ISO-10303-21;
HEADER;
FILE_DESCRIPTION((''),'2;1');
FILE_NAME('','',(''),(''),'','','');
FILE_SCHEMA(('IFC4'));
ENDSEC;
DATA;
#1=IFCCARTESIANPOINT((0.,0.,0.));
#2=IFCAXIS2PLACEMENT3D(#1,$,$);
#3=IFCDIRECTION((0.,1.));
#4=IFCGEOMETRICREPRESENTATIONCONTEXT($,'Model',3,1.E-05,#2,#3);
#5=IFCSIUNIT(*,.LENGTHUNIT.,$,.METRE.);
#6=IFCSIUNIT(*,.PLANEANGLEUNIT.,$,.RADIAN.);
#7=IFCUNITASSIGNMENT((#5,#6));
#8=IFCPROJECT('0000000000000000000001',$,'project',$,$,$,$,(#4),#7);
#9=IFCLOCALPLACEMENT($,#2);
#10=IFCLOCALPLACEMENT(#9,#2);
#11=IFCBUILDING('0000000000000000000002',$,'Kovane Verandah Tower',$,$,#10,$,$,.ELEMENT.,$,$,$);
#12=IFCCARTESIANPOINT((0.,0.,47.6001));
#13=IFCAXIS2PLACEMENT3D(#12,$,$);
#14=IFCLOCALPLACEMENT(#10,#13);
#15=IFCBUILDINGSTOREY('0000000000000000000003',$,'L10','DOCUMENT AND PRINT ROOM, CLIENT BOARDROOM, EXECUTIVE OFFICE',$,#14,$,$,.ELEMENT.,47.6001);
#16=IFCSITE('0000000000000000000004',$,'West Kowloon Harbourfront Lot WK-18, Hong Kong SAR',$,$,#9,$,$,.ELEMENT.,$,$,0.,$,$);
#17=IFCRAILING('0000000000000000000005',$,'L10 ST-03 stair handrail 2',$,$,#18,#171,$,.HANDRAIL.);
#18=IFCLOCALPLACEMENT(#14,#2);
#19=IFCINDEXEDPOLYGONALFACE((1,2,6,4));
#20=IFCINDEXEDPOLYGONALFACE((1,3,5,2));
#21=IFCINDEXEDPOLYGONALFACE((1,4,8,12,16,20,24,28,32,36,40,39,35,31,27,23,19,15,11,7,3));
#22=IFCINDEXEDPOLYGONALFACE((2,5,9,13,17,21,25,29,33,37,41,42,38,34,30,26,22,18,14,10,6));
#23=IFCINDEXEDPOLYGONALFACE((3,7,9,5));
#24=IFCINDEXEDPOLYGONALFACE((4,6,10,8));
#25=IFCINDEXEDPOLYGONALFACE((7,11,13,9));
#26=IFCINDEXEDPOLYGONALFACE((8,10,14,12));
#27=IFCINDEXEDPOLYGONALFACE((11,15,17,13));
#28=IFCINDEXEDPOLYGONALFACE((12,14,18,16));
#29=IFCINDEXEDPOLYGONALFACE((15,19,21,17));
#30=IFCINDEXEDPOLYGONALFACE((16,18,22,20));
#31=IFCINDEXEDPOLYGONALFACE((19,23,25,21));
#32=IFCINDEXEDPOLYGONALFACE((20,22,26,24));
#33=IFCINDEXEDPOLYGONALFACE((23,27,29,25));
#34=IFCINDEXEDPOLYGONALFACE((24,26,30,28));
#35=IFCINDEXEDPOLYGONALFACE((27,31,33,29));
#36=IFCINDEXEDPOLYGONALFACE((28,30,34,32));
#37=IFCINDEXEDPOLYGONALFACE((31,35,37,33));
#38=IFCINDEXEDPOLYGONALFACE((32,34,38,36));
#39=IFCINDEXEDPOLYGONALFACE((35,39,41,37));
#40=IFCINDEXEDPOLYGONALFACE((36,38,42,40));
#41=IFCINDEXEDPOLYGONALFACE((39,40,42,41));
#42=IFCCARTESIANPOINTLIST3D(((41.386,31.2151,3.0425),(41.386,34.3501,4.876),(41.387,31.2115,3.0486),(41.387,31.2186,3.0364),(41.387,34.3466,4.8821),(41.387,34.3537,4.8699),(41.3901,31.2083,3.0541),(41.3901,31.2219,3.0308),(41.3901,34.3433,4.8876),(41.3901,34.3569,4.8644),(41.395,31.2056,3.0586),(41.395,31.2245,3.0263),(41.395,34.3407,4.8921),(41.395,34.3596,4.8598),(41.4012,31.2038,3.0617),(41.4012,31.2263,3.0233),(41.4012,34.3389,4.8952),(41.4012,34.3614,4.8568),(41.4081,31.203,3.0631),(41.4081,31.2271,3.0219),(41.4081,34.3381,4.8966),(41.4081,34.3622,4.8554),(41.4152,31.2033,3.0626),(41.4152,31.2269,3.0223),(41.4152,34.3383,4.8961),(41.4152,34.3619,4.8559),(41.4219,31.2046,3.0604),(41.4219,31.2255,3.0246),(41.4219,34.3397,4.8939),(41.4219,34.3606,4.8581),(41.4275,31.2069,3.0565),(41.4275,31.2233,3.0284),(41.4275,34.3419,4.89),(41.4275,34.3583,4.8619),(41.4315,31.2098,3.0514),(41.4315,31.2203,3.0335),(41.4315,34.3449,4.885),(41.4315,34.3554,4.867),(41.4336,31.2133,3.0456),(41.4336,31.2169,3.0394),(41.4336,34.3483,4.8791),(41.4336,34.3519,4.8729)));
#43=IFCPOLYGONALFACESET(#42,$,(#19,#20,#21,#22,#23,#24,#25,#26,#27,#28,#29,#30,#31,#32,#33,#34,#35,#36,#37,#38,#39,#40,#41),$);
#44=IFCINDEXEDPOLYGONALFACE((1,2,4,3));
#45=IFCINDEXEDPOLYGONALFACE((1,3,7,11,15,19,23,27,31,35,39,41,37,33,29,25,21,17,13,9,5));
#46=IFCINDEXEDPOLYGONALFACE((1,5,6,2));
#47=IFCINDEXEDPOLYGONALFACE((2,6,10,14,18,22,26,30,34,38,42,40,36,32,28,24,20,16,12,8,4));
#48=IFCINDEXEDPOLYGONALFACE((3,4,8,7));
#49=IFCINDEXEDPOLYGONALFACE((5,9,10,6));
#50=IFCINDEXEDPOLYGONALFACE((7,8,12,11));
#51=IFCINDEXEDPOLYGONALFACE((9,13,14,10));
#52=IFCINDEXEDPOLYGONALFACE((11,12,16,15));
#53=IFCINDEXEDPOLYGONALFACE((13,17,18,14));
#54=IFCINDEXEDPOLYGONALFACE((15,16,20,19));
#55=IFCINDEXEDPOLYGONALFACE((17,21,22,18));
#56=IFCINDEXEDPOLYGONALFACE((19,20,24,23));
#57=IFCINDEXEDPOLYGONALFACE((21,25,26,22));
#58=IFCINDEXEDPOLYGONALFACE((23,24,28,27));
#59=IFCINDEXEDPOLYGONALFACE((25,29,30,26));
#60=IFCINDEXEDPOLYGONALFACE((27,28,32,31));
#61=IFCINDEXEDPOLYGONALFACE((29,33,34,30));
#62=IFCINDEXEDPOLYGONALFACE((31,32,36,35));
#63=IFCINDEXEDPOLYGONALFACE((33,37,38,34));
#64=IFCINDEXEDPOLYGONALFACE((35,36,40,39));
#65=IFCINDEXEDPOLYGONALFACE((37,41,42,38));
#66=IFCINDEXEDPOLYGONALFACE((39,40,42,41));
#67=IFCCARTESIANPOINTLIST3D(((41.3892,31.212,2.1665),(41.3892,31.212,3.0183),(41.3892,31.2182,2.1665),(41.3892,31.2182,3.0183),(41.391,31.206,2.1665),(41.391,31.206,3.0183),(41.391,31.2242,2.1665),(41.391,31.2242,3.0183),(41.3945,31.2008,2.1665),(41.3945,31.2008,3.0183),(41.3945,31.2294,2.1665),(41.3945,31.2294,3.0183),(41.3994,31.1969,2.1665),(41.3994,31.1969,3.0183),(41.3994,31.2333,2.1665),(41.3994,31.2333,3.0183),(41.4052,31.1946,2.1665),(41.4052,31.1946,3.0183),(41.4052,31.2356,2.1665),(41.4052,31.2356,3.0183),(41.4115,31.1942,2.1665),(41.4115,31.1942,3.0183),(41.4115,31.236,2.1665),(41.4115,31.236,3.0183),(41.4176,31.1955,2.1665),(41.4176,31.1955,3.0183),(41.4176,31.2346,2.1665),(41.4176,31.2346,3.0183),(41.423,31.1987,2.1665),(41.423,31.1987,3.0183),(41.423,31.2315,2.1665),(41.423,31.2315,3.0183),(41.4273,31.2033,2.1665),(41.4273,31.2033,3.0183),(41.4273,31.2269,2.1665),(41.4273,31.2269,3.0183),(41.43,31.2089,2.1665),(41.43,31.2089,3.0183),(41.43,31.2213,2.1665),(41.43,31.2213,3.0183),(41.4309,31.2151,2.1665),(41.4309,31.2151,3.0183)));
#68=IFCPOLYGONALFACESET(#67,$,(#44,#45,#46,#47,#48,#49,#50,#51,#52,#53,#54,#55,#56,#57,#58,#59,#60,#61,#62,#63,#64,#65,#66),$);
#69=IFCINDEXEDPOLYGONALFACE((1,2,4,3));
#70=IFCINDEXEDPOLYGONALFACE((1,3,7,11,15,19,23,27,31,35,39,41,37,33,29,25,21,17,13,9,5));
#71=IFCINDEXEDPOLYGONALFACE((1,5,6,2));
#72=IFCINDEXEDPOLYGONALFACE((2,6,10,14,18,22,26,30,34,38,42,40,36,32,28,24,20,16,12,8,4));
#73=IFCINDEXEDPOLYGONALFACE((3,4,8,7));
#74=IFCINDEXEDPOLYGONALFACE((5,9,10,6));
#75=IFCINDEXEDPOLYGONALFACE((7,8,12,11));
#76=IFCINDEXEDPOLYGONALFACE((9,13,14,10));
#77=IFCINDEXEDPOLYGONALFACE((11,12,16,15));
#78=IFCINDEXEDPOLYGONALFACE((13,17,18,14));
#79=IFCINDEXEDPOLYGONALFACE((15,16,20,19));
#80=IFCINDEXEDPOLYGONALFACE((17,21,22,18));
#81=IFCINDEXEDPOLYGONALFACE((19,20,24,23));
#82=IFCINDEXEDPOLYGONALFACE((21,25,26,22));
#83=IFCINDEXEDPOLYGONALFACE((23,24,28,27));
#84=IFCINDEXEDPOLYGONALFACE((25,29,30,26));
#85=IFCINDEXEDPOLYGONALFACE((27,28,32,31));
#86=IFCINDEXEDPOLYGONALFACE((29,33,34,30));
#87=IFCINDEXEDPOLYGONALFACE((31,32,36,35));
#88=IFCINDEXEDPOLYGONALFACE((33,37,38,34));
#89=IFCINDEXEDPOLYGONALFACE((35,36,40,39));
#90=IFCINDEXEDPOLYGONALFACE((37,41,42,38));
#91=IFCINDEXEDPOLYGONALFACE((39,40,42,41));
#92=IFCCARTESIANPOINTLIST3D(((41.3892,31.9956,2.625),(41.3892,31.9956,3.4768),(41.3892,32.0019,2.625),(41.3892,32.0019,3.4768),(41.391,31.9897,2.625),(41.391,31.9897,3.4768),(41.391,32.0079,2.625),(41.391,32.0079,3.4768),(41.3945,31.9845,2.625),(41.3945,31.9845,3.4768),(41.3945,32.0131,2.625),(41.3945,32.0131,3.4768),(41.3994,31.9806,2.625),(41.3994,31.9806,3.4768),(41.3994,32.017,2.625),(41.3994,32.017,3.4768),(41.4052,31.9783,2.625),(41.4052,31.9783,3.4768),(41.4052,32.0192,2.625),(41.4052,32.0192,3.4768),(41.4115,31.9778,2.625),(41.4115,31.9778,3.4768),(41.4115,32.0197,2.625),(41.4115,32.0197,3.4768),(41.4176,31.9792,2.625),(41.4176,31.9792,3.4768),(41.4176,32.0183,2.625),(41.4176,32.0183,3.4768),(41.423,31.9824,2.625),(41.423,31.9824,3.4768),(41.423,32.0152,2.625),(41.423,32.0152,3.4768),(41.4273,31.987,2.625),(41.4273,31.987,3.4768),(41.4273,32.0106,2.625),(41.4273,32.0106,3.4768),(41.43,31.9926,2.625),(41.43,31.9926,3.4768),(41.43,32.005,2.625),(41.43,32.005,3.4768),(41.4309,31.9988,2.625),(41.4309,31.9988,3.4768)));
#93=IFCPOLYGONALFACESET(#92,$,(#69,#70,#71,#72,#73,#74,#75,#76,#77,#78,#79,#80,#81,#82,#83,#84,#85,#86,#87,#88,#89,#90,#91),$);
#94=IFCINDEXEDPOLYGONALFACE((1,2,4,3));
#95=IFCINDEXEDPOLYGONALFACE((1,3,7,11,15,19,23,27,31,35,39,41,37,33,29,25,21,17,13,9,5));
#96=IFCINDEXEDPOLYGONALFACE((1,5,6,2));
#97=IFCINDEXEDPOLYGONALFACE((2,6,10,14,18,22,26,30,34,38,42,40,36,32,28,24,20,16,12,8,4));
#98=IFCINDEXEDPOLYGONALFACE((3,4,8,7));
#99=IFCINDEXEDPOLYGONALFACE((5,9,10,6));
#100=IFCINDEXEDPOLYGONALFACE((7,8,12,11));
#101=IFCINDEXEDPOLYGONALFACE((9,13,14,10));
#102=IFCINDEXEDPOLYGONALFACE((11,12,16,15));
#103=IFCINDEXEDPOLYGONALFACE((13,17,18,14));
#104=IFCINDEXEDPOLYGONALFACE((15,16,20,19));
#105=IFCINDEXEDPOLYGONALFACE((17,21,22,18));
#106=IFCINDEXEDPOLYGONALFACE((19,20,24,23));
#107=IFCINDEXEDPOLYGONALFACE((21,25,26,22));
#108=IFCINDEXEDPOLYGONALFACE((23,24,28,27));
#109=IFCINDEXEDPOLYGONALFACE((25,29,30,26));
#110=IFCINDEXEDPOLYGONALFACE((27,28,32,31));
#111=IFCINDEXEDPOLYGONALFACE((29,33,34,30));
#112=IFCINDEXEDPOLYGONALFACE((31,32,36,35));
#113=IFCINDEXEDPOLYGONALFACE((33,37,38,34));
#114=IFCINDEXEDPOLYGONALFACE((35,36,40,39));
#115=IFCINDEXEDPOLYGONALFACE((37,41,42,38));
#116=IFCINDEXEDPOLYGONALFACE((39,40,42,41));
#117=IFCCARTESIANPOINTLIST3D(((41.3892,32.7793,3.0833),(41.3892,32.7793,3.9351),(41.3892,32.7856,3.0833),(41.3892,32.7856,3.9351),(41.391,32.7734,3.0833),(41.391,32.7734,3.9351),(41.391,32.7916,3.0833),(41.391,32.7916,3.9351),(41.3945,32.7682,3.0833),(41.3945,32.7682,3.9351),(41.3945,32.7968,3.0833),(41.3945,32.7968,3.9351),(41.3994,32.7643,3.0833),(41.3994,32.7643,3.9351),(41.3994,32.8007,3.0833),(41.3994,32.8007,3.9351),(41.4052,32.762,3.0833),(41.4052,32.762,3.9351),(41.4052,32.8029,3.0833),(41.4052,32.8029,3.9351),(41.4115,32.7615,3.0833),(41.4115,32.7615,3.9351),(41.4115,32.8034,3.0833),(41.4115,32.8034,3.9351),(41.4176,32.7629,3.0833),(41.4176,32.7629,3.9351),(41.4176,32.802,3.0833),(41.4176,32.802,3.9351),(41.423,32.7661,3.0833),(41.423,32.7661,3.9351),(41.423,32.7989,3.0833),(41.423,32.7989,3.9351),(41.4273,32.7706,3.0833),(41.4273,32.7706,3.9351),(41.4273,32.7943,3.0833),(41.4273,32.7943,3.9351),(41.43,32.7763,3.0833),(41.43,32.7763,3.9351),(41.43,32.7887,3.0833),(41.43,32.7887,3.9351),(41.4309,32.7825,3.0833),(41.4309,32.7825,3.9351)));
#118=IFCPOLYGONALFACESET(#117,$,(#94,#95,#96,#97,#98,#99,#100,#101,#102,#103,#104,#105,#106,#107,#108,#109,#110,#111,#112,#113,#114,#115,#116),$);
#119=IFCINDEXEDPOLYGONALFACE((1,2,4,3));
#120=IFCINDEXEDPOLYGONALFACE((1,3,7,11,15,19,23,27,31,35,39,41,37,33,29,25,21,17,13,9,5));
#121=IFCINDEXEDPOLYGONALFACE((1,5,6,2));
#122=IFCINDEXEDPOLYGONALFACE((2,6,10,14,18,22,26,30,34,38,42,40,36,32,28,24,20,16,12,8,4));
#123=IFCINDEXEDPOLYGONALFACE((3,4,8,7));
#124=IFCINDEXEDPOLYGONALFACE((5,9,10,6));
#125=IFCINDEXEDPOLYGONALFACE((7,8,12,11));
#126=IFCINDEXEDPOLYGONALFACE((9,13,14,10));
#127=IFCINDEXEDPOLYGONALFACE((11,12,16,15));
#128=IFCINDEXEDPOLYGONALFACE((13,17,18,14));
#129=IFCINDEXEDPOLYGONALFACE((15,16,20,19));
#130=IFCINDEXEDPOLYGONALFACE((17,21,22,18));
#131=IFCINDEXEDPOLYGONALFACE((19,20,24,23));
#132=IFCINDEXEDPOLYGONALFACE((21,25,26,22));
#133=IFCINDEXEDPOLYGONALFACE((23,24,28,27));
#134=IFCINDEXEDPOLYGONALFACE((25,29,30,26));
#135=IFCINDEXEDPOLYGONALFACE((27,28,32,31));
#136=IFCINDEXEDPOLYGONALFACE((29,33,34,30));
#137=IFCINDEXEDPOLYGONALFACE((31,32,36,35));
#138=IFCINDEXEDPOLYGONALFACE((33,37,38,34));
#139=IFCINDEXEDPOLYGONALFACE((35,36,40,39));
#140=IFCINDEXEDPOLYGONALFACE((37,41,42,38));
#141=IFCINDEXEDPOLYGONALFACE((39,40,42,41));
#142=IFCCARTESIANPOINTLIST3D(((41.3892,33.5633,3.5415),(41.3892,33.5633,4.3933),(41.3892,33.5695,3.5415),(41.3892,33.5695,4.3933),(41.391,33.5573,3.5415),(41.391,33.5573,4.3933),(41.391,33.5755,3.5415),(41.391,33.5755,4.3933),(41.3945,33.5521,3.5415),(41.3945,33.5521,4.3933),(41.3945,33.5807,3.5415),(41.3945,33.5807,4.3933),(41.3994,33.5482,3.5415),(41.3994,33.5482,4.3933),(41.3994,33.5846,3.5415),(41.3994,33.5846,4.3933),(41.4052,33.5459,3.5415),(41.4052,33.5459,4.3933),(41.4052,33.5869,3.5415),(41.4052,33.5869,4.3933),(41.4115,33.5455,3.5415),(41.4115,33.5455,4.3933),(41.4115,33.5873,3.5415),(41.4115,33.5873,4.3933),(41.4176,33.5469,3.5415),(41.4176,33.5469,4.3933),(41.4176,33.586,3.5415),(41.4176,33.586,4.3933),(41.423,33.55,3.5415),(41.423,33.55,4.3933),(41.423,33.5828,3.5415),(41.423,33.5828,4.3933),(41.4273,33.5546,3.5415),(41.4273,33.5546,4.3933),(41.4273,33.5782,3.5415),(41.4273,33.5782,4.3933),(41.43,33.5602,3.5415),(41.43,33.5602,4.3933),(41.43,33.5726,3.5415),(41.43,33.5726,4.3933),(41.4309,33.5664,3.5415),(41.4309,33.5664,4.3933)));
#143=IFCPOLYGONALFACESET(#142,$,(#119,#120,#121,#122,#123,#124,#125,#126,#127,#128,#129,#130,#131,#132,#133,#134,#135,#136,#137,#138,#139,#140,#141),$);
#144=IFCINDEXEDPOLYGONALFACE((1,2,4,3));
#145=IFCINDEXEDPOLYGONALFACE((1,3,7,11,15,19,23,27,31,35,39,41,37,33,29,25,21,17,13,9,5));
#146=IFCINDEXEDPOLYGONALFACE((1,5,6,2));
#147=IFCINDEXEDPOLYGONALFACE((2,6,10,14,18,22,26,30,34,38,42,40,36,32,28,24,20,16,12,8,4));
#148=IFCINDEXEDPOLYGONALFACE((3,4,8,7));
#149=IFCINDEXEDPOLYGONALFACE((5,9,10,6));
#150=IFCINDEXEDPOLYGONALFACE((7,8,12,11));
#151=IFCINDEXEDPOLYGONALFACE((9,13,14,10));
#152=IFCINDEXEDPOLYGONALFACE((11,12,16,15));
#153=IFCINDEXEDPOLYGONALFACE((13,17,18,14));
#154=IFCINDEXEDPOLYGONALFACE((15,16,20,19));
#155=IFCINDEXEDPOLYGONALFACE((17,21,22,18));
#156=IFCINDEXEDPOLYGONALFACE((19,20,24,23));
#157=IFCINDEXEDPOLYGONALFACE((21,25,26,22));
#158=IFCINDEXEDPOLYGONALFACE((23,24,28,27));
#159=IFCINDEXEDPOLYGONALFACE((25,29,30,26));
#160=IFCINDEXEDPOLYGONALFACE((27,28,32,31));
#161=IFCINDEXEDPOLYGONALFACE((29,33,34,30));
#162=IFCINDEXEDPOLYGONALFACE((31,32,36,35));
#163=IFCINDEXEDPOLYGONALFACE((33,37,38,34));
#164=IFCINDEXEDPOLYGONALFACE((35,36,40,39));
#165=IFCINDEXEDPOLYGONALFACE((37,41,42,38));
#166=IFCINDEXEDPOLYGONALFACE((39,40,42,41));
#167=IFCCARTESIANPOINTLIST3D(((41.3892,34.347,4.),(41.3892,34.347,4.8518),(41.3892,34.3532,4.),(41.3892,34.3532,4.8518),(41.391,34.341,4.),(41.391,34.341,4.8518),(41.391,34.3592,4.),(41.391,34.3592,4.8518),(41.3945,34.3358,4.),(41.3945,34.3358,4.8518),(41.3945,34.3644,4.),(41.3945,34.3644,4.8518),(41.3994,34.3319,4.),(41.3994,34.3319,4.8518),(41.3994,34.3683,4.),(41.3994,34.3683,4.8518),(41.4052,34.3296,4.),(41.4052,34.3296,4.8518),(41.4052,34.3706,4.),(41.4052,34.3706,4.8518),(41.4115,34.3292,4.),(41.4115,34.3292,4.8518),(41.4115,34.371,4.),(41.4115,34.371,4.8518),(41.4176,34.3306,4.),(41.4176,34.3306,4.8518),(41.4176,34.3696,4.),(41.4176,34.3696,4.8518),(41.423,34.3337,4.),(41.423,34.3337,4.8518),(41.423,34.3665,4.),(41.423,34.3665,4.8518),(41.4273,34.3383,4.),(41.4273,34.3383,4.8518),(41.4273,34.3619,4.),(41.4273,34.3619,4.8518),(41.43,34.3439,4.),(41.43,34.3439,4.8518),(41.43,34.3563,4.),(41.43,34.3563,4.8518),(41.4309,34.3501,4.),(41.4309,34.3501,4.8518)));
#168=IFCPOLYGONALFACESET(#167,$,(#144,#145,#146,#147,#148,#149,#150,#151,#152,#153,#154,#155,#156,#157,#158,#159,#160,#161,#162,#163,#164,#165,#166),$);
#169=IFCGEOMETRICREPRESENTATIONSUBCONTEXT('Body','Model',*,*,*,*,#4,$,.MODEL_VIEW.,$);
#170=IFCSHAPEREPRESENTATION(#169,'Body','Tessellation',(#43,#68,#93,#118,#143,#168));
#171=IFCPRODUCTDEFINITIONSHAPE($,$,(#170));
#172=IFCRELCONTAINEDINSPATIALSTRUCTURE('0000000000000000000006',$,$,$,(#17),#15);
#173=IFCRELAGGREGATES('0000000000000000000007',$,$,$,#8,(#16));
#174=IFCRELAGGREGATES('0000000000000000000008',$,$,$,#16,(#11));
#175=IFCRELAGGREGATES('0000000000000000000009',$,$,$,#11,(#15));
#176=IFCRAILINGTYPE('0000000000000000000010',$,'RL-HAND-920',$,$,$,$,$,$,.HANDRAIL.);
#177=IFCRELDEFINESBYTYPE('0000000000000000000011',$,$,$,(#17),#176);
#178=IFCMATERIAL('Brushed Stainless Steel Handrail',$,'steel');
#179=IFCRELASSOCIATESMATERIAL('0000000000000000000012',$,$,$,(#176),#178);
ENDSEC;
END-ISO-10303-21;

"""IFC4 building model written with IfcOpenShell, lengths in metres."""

from ifc_helpers import new_model, si_unit, direction, frame, origin, origin_2d, place, context, subcontext, project, spatial, circle, extrude, material, type_object, element, save


model = new_model("IFC4")

# Units and contexts
model_context = context("Model", 3, precision=1e-05, world=origin(), true_north=direction((0.0, 1.0)))
body_context = subcontext(model_context, "Body", "Model", "MODEL_VIEW")
ifc_project = project(units=[si_unit("LENGTHUNIT", "METRE"), si_unit("PLANEANGLEUNIT", "RADIAN")], contexts=[model_context])

# Site, building, storey
site_placement = place(None, origin())
site = spatial("IfcSite", under=ifc_project, at=site_placement, Name="West Kowloon Harbourfront Lot WK-18, Hong Kong SAR", CompositionType="ELEMENT", RefElevation=0.0)
building_placement = place(site_placement, origin())
building = spatial("IfcBuilding", under=site, at=building_placement, Name="Kovane Verandah Tower", CompositionType="ELEMENT")
storey_placement = place(building_placement, frame((0.0, 0.0, 47.6001)))
storey = spatial("IfcBuildingStorey", under=building, at=storey_placement, Name="L10", Description="DOCUMENT AND PRINT ROOM, CLIENT BOARDROOM, EXECUTIVE OFFICE", CompositionType="ELEMENT", Elevation=47.6001)

# Railing
ifc_material_1 = material(Name="Brushed Stainless Steel Handrail", Category="steel")
railing_type_1 = type_object("IfcRailingType", Name="RL-HAND-920", PredefinedType="HANDRAIL", material=ifc_material_1)
railing_1_placement = place(storey_placement, frame((41.4099, 31.2151, 2.1665)))
element("IfcRailing", 1, at=railing_1_placement, inside=storey, type_object=railing_type_1, Name="L10 ST-03 stair handrail 2", PredefinedType="HANDRAIL", context=body_context, shape_type="SweptSolid", body=[
    extrude(circle(Radius=0.0239, at=origin_2d()), frame((0.0, 0.0, 0.876), z_axis=(0.0, 0.86321, 0.504845), x_axis=(-1.0, 0.0, 0.0)), (0.0, 0.0, 1.0), 3.6318),
    extrude(circle(Radius=0.021, at=origin_2d()), origin(), (0.0, 0.0, 1.0), 0.8518),
    extrude(circle(Radius=0.021, at=origin_2d()), frame((0.0, 0.7837, 0.4585)), (0.0, 0.0, 1.0), 0.8518),
    extrude(circle(Radius=0.021, at=origin_2d()), frame((0.0, 1.5674, 0.9167)), (0.0, 0.0, 1.0), 0.8518),
    extrude(circle(Radius=0.021, at=origin_2d()), frame((0.0, 2.3513, 1.375)), (0.0, 0.0, 1.0), 0.8518),
    extrude(circle(Radius=0.021, at=origin_2d()), frame((0.0, 3.135, 1.8335)), (0.0, 0.0, 1.0), 0.8518),
])

save(model, "model.ifc")
